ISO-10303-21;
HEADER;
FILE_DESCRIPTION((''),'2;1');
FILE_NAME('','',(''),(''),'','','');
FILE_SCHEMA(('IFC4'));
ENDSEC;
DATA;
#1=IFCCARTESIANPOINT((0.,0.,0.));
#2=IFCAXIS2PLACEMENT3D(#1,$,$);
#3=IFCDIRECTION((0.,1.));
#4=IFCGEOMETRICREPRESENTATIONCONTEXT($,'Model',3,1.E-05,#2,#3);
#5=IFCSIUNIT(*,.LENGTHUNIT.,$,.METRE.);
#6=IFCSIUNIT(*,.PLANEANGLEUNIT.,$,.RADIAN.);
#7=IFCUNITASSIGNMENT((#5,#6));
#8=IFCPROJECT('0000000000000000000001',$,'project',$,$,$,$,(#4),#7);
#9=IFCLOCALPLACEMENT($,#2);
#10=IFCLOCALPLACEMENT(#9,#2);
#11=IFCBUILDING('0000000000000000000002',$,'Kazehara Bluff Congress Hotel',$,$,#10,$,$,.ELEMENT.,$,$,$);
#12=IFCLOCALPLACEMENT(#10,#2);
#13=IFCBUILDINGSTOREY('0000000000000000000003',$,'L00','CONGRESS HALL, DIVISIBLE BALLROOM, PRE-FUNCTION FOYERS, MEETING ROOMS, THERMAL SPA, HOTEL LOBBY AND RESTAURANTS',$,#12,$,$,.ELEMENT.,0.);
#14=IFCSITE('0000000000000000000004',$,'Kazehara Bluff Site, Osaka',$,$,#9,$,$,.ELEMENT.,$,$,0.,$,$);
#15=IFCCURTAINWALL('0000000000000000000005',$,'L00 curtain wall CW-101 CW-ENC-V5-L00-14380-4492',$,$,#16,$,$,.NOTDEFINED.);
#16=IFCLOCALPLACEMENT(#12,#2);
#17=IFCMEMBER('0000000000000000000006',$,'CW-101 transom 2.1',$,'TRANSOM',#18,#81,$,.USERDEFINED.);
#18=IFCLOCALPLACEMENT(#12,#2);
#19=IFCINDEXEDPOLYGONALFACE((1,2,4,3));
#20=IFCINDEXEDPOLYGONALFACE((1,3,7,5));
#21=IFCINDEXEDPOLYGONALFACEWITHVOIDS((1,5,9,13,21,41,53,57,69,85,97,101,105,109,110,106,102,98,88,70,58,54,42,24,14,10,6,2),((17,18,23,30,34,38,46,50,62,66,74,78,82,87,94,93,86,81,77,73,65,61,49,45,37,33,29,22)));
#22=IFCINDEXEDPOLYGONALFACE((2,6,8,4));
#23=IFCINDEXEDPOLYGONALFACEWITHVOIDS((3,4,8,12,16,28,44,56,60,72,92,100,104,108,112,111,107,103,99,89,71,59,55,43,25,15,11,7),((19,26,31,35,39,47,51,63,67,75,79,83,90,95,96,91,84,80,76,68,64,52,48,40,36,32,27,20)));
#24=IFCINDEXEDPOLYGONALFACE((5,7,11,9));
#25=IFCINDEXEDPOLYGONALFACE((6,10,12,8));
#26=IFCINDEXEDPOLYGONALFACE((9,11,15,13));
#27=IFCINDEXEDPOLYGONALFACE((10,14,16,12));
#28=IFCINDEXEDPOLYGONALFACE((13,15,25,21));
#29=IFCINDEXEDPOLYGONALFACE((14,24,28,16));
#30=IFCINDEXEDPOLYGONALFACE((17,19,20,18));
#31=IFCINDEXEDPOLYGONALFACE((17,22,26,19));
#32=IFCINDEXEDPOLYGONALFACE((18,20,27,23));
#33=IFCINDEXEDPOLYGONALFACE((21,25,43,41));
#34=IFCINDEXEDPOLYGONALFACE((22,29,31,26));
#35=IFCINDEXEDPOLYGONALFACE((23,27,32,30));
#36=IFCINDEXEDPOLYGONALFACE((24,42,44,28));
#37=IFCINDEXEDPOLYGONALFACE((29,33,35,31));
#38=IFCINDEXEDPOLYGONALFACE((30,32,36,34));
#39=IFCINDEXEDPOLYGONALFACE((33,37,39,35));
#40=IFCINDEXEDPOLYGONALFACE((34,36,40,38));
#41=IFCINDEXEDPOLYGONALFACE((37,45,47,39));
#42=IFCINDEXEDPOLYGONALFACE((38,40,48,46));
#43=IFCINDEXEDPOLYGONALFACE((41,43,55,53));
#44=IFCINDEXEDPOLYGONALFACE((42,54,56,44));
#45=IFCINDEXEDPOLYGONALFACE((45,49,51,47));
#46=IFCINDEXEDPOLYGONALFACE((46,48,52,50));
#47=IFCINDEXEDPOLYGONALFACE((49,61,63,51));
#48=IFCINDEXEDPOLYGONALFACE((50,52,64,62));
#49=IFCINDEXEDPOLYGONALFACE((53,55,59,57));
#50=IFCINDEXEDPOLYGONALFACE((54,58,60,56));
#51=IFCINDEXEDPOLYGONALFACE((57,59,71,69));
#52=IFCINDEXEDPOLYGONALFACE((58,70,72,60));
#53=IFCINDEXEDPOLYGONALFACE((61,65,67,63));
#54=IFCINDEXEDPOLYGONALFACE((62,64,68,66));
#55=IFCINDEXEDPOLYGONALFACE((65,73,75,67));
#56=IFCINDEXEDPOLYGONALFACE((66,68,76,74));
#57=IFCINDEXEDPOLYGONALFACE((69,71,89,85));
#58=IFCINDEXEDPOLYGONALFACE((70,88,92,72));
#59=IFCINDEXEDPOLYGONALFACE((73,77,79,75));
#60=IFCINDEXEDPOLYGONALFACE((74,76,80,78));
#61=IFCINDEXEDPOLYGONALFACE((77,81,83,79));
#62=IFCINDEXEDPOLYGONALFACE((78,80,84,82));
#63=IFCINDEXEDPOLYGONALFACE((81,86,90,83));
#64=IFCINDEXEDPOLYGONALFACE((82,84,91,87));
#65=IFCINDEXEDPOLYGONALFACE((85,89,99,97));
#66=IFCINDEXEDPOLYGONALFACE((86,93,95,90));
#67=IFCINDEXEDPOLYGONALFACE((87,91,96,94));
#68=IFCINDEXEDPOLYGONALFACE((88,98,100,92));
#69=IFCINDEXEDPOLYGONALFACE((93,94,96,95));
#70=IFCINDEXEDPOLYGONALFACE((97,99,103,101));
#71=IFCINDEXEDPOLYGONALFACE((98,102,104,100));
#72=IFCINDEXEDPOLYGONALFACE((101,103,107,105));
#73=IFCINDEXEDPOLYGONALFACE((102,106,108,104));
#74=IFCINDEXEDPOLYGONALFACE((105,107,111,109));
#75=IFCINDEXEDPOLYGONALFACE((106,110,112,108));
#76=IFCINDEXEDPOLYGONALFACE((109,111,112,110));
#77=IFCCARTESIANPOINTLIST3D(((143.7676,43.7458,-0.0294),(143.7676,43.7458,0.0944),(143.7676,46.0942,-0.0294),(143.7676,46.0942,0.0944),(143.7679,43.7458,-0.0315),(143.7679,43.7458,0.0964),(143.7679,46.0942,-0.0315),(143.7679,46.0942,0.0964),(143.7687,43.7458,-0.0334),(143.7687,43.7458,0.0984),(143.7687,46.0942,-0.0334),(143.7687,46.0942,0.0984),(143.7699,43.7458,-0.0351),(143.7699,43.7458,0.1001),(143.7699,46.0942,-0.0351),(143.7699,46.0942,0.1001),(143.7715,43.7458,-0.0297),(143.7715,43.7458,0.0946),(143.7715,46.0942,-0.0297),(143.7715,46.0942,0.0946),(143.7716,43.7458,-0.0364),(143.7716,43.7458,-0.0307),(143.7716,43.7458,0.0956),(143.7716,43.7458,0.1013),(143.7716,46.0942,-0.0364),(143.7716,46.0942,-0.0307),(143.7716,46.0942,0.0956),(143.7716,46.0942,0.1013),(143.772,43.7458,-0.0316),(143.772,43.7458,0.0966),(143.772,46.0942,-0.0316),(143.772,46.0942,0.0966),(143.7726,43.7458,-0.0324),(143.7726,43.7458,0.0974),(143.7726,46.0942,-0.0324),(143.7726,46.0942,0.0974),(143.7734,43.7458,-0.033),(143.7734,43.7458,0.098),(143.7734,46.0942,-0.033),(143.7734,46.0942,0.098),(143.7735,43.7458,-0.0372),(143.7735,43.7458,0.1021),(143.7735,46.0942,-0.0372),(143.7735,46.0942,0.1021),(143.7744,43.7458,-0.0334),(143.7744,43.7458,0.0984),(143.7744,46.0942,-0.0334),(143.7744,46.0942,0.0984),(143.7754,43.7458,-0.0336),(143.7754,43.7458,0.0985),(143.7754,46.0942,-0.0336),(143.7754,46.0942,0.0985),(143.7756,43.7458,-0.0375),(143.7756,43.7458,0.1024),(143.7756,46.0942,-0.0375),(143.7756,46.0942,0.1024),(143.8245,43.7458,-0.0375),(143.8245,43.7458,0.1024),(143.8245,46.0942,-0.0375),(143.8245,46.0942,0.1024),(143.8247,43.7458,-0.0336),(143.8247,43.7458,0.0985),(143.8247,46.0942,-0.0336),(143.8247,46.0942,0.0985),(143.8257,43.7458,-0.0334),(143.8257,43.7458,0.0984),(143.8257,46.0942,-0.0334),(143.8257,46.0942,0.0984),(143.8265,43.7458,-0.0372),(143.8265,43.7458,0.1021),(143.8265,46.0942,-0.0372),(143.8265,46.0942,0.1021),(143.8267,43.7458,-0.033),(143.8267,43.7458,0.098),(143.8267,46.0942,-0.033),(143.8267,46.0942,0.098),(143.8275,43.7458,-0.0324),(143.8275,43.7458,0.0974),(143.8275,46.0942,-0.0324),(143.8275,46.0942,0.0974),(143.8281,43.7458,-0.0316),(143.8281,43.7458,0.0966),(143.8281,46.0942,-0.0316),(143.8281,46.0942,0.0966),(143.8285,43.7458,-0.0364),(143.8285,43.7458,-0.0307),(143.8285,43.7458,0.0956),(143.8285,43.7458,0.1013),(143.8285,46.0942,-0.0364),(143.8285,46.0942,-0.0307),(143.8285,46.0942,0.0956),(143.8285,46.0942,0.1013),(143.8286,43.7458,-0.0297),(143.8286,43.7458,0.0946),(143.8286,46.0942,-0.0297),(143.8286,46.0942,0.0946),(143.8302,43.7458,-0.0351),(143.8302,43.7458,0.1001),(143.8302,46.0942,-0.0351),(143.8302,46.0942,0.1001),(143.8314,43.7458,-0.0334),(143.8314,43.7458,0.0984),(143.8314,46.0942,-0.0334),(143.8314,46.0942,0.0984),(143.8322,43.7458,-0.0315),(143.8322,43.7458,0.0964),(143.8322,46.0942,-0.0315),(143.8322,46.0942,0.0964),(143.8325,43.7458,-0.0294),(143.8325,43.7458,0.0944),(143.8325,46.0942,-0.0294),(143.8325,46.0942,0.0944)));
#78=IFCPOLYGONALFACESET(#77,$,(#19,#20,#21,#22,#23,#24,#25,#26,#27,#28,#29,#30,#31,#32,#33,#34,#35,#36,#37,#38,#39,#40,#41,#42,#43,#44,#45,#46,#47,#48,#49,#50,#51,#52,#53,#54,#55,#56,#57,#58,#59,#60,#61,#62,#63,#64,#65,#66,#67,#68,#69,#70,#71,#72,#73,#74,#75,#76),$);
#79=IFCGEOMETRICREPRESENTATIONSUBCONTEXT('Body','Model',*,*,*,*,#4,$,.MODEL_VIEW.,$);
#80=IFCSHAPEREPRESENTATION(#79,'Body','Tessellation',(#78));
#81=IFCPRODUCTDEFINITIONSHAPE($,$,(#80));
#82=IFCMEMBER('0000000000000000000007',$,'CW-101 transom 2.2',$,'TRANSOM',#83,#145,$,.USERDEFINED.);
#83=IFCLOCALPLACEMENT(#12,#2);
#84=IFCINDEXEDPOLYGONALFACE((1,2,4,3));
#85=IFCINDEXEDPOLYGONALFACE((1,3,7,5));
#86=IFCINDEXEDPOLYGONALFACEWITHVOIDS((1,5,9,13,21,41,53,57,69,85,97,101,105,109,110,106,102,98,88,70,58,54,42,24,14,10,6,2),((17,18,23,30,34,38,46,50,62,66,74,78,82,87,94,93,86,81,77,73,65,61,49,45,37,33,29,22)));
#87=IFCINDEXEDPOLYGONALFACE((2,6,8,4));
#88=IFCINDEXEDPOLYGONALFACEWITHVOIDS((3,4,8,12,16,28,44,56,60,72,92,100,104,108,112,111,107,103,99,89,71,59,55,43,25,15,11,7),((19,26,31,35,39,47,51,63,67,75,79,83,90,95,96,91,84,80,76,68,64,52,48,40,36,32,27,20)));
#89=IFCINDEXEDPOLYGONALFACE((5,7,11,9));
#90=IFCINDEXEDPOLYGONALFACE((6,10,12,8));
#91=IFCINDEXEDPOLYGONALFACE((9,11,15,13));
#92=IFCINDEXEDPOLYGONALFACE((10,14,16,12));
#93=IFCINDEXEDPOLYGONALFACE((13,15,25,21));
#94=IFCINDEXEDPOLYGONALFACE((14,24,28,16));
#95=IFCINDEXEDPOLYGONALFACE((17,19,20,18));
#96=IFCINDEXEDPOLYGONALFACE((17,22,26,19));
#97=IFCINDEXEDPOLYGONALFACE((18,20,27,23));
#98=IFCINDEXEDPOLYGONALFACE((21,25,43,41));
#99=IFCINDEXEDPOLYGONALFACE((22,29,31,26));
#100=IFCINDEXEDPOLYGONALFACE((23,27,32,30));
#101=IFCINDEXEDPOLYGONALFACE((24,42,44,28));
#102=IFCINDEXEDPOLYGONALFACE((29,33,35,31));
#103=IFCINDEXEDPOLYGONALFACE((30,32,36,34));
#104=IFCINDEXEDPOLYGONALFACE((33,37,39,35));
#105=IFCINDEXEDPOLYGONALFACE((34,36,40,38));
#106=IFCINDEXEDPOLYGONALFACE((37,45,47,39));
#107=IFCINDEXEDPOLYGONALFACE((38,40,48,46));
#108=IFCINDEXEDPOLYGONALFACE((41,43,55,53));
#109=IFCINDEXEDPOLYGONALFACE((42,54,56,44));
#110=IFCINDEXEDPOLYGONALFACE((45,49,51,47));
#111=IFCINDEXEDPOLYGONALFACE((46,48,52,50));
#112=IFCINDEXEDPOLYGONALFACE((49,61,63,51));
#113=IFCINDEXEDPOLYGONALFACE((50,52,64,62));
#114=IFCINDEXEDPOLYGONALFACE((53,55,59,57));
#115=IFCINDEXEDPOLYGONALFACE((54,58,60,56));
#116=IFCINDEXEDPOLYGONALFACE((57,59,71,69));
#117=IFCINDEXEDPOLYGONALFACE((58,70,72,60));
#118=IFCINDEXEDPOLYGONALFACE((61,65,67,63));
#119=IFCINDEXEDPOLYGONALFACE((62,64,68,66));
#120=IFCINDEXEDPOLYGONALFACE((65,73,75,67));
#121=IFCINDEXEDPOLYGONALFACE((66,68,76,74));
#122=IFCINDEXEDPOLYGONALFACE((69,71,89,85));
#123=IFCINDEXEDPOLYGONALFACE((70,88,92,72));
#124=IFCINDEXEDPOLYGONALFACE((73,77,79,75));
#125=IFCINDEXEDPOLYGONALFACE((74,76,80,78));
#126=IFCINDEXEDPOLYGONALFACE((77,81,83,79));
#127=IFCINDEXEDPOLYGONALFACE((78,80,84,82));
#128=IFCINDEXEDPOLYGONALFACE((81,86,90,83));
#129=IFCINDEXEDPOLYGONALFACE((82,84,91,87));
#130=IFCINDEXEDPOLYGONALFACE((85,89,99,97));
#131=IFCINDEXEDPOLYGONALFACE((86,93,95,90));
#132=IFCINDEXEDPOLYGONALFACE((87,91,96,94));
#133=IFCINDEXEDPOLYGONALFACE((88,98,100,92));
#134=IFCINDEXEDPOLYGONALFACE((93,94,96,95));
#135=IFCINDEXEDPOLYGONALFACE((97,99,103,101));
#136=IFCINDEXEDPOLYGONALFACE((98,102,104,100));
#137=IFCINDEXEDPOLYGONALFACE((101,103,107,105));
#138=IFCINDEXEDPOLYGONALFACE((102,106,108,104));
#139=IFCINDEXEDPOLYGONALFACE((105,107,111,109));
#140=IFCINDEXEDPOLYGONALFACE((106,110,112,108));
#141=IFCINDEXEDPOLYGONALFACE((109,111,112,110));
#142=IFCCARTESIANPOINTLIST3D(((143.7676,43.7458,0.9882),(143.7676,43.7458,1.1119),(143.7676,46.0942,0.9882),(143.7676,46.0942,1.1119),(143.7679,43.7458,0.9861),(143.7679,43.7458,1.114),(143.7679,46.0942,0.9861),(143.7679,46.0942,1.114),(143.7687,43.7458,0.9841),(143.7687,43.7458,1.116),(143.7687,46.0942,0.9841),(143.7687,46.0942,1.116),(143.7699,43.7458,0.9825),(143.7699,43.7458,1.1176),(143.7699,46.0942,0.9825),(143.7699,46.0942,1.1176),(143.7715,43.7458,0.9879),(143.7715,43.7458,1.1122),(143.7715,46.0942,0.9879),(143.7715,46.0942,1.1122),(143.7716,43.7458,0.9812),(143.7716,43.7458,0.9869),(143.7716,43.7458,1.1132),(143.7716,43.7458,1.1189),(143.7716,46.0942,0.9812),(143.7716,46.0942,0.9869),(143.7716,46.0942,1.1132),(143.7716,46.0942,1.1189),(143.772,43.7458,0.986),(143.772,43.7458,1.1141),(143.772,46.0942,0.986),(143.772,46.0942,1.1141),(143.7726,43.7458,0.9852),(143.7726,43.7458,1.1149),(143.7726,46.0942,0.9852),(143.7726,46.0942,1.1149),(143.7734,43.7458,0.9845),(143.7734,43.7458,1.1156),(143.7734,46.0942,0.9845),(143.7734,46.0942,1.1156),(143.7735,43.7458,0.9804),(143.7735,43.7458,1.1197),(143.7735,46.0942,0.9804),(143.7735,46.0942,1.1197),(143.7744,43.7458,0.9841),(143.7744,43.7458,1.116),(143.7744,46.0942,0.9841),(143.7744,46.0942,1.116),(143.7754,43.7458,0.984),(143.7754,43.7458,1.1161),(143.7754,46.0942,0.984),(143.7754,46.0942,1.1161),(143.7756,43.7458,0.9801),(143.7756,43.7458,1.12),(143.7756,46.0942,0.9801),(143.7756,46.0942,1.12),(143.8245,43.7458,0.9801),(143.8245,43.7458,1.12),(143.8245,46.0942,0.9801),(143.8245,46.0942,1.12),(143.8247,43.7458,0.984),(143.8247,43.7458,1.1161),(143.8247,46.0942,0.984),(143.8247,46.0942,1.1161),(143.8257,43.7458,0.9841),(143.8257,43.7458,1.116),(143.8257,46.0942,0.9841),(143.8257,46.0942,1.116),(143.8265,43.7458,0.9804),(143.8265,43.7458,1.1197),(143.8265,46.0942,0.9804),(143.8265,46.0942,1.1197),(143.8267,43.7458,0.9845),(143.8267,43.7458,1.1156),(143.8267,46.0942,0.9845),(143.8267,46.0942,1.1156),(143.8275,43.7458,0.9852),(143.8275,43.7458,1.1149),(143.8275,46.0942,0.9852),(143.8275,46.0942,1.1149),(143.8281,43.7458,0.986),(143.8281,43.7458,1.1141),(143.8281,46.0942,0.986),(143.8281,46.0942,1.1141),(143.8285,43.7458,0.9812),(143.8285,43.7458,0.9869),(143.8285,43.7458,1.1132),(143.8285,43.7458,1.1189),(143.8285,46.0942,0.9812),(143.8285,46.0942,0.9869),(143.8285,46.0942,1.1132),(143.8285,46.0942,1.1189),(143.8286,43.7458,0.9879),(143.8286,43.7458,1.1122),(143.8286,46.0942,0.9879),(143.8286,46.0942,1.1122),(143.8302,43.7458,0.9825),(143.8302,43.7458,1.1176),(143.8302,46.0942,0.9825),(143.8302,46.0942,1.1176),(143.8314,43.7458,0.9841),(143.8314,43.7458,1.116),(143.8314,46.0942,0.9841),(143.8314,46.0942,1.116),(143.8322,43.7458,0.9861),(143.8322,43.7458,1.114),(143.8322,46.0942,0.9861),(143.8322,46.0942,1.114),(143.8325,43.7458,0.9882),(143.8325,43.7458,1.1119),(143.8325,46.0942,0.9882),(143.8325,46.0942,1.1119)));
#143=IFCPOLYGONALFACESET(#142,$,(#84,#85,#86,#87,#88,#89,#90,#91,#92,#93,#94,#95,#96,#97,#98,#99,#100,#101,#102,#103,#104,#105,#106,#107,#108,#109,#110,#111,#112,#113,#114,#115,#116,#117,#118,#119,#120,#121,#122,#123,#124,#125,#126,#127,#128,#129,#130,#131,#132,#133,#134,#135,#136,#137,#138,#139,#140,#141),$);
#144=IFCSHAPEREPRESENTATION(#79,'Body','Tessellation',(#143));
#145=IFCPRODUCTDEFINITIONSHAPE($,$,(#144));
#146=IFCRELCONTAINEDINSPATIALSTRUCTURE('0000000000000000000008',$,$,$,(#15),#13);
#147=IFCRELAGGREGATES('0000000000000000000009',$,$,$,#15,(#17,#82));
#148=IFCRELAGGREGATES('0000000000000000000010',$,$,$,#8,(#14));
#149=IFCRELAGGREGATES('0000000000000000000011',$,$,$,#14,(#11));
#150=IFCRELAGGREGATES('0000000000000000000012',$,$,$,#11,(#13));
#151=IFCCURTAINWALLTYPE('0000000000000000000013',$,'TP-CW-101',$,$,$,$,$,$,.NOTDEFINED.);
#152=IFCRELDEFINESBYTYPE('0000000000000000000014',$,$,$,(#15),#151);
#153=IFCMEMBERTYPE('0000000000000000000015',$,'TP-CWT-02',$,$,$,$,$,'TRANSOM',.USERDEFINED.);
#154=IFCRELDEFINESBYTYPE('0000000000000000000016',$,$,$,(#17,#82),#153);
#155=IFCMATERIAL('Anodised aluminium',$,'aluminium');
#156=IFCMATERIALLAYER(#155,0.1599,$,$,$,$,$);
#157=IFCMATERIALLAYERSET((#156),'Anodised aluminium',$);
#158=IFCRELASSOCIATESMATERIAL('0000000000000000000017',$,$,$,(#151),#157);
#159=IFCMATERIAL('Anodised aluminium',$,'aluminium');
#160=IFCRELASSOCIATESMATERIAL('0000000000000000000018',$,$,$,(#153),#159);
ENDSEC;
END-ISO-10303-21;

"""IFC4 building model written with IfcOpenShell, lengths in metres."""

from ifc_helpers import new_model, si_unit, direction, frame, origin, origin_2d, place, context, subcontext, project, spatial, hollow_rectangle, extrude, material, layer, layer_set, material_profile, profile_set, type_object, element, aggregate, save


model = new_model("IFC4")

# Units and contexts
model_context = context("Model", 3, precision=1e-05, world=origin(), true_north=direction((0.0, 1.0)))
body_context = subcontext(model_context, "Body", "Model", "MODEL_VIEW")
ifc_project = project(units=[si_unit("LENGTHUNIT", "METRE"), si_unit("PLANEANGLEUNIT", "RADIAN")], contexts=[model_context])

# Site, building, storey
site_placement = place(None, origin())
site = spatial("IfcSite", under=ifc_project, at=site_placement, Name="Kazehara Bluff Site, Osaka", CompositionType="ELEMENT", RefElevation=0.0)
building_placement = place(site_placement, origin())
building = spatial("IfcBuilding", under=site, at=building_placement, Name="Kazehara Bluff Congress Hotel", CompositionType="ELEMENT")
storey_placement = place(building_placement, origin())
storey = spatial("IfcBuildingStorey", under=building, at=storey_placement, Name="L00", Description="CONGRESS HALL, DIVISIBLE BALLROOM, PRE-FUNCTION FOYERS, MEETING ROOMS, THERMAL SPA, HOTEL LOBBY AND RESTAURANTS", CompositionType="ELEMENT", Elevation=0.0)

# Curtain wall
ifc_material_1 = material(Name="Anodised aluminium", Category="aluminium")
ifc_layer_1 = layer(ifc_material_1, 0.1599)
ifc_layer_set_1 = layer_set([ifc_layer_1], Name="Anodised aluminium")
curtain_wall_type_1 = type_object("IfcCurtainWallType", Name="TP-CW-101", PredefinedType="NOTDEFINED", material=ifc_layer_set_1)
curtain_wall_1_placement = place(storey_placement, origin())
curtain_wall_1 = element("IfcCurtainWall", 1, at=curtain_wall_1_placement, inside=storey, type_object=curtain_wall_type_1, Name="L00 curtain wall CW-101 CW-ENC-V5-L00-14380-4492", PredefinedType="NOTDEFINED")

# Members
ifc_material_2 = material(Name="Anodised aluminium", Category="aluminium")
ifc_material_profile_1 = material_profile(ifc_material_2, hollow_rectangle(XDim=0.0649, YDim=0.1399, WallThickness=0.0039, InnerFilletRadius=0.0039, OuterFilletRadius=0.0081, at=origin_2d()))
ifc_profile_set_1 = profile_set([ifc_material_profile_1], Name="Anodised aluminium")
member_type_1 = type_object("IfcMemberType", Name="TP-CWT-02", ElementType="TRANSOM", PredefinedType="USERDEFINED", material=ifc_profile_set_1)
member_1_placement = place(storey_placement, frame((143.8, 43.7458, 0.0325), z_axis=(0.0, 1.0, 0.0), x_axis=(-1.0, 0.0, 0.0)))
member_1 = element("IfcMember", 2, at=member_1_placement, type_object=member_type_1, Name="CW-101 transom 2.1", ObjectType="TRANSOM", PredefinedType="USERDEFINED", context=body_context, shape_type="SweptSolid", body=[
    extrude(hollow_rectangle(XDim=0.0649, YDim=0.1399, WallThickness=0.0039, InnerFilletRadius=0.0039, OuterFilletRadius=0.0081, at=origin_2d()), origin(), (0.0, 0.0, 1.0), 2.3484),
])
member_2_placement = place(storey_placement, frame((143.8, 43.7458, 1.05), z_axis=(0.0, 1.0, 0.0), x_axis=(-1.0, 0.0, 0.0)))
member_2 = element("IfcMember", 3, at=member_2_placement, type_object=member_type_1, Name="CW-101 transom 2.2", ObjectType="TRANSOM", PredefinedType="USERDEFINED", context=body_context, shape_type="SweptSolid", body=[
    extrude(hollow_rectangle(XDim=0.0649, YDim=0.1399, WallThickness=0.0039, InnerFilletRadius=0.0039, OuterFilletRadius=0.0081, at=origin_2d()), origin(), (0.0, 0.0, 1.0), 2.3484),
])

aggregate(curtain_wall_1, [member_1, member_2])

save(model, "model.ifc")
